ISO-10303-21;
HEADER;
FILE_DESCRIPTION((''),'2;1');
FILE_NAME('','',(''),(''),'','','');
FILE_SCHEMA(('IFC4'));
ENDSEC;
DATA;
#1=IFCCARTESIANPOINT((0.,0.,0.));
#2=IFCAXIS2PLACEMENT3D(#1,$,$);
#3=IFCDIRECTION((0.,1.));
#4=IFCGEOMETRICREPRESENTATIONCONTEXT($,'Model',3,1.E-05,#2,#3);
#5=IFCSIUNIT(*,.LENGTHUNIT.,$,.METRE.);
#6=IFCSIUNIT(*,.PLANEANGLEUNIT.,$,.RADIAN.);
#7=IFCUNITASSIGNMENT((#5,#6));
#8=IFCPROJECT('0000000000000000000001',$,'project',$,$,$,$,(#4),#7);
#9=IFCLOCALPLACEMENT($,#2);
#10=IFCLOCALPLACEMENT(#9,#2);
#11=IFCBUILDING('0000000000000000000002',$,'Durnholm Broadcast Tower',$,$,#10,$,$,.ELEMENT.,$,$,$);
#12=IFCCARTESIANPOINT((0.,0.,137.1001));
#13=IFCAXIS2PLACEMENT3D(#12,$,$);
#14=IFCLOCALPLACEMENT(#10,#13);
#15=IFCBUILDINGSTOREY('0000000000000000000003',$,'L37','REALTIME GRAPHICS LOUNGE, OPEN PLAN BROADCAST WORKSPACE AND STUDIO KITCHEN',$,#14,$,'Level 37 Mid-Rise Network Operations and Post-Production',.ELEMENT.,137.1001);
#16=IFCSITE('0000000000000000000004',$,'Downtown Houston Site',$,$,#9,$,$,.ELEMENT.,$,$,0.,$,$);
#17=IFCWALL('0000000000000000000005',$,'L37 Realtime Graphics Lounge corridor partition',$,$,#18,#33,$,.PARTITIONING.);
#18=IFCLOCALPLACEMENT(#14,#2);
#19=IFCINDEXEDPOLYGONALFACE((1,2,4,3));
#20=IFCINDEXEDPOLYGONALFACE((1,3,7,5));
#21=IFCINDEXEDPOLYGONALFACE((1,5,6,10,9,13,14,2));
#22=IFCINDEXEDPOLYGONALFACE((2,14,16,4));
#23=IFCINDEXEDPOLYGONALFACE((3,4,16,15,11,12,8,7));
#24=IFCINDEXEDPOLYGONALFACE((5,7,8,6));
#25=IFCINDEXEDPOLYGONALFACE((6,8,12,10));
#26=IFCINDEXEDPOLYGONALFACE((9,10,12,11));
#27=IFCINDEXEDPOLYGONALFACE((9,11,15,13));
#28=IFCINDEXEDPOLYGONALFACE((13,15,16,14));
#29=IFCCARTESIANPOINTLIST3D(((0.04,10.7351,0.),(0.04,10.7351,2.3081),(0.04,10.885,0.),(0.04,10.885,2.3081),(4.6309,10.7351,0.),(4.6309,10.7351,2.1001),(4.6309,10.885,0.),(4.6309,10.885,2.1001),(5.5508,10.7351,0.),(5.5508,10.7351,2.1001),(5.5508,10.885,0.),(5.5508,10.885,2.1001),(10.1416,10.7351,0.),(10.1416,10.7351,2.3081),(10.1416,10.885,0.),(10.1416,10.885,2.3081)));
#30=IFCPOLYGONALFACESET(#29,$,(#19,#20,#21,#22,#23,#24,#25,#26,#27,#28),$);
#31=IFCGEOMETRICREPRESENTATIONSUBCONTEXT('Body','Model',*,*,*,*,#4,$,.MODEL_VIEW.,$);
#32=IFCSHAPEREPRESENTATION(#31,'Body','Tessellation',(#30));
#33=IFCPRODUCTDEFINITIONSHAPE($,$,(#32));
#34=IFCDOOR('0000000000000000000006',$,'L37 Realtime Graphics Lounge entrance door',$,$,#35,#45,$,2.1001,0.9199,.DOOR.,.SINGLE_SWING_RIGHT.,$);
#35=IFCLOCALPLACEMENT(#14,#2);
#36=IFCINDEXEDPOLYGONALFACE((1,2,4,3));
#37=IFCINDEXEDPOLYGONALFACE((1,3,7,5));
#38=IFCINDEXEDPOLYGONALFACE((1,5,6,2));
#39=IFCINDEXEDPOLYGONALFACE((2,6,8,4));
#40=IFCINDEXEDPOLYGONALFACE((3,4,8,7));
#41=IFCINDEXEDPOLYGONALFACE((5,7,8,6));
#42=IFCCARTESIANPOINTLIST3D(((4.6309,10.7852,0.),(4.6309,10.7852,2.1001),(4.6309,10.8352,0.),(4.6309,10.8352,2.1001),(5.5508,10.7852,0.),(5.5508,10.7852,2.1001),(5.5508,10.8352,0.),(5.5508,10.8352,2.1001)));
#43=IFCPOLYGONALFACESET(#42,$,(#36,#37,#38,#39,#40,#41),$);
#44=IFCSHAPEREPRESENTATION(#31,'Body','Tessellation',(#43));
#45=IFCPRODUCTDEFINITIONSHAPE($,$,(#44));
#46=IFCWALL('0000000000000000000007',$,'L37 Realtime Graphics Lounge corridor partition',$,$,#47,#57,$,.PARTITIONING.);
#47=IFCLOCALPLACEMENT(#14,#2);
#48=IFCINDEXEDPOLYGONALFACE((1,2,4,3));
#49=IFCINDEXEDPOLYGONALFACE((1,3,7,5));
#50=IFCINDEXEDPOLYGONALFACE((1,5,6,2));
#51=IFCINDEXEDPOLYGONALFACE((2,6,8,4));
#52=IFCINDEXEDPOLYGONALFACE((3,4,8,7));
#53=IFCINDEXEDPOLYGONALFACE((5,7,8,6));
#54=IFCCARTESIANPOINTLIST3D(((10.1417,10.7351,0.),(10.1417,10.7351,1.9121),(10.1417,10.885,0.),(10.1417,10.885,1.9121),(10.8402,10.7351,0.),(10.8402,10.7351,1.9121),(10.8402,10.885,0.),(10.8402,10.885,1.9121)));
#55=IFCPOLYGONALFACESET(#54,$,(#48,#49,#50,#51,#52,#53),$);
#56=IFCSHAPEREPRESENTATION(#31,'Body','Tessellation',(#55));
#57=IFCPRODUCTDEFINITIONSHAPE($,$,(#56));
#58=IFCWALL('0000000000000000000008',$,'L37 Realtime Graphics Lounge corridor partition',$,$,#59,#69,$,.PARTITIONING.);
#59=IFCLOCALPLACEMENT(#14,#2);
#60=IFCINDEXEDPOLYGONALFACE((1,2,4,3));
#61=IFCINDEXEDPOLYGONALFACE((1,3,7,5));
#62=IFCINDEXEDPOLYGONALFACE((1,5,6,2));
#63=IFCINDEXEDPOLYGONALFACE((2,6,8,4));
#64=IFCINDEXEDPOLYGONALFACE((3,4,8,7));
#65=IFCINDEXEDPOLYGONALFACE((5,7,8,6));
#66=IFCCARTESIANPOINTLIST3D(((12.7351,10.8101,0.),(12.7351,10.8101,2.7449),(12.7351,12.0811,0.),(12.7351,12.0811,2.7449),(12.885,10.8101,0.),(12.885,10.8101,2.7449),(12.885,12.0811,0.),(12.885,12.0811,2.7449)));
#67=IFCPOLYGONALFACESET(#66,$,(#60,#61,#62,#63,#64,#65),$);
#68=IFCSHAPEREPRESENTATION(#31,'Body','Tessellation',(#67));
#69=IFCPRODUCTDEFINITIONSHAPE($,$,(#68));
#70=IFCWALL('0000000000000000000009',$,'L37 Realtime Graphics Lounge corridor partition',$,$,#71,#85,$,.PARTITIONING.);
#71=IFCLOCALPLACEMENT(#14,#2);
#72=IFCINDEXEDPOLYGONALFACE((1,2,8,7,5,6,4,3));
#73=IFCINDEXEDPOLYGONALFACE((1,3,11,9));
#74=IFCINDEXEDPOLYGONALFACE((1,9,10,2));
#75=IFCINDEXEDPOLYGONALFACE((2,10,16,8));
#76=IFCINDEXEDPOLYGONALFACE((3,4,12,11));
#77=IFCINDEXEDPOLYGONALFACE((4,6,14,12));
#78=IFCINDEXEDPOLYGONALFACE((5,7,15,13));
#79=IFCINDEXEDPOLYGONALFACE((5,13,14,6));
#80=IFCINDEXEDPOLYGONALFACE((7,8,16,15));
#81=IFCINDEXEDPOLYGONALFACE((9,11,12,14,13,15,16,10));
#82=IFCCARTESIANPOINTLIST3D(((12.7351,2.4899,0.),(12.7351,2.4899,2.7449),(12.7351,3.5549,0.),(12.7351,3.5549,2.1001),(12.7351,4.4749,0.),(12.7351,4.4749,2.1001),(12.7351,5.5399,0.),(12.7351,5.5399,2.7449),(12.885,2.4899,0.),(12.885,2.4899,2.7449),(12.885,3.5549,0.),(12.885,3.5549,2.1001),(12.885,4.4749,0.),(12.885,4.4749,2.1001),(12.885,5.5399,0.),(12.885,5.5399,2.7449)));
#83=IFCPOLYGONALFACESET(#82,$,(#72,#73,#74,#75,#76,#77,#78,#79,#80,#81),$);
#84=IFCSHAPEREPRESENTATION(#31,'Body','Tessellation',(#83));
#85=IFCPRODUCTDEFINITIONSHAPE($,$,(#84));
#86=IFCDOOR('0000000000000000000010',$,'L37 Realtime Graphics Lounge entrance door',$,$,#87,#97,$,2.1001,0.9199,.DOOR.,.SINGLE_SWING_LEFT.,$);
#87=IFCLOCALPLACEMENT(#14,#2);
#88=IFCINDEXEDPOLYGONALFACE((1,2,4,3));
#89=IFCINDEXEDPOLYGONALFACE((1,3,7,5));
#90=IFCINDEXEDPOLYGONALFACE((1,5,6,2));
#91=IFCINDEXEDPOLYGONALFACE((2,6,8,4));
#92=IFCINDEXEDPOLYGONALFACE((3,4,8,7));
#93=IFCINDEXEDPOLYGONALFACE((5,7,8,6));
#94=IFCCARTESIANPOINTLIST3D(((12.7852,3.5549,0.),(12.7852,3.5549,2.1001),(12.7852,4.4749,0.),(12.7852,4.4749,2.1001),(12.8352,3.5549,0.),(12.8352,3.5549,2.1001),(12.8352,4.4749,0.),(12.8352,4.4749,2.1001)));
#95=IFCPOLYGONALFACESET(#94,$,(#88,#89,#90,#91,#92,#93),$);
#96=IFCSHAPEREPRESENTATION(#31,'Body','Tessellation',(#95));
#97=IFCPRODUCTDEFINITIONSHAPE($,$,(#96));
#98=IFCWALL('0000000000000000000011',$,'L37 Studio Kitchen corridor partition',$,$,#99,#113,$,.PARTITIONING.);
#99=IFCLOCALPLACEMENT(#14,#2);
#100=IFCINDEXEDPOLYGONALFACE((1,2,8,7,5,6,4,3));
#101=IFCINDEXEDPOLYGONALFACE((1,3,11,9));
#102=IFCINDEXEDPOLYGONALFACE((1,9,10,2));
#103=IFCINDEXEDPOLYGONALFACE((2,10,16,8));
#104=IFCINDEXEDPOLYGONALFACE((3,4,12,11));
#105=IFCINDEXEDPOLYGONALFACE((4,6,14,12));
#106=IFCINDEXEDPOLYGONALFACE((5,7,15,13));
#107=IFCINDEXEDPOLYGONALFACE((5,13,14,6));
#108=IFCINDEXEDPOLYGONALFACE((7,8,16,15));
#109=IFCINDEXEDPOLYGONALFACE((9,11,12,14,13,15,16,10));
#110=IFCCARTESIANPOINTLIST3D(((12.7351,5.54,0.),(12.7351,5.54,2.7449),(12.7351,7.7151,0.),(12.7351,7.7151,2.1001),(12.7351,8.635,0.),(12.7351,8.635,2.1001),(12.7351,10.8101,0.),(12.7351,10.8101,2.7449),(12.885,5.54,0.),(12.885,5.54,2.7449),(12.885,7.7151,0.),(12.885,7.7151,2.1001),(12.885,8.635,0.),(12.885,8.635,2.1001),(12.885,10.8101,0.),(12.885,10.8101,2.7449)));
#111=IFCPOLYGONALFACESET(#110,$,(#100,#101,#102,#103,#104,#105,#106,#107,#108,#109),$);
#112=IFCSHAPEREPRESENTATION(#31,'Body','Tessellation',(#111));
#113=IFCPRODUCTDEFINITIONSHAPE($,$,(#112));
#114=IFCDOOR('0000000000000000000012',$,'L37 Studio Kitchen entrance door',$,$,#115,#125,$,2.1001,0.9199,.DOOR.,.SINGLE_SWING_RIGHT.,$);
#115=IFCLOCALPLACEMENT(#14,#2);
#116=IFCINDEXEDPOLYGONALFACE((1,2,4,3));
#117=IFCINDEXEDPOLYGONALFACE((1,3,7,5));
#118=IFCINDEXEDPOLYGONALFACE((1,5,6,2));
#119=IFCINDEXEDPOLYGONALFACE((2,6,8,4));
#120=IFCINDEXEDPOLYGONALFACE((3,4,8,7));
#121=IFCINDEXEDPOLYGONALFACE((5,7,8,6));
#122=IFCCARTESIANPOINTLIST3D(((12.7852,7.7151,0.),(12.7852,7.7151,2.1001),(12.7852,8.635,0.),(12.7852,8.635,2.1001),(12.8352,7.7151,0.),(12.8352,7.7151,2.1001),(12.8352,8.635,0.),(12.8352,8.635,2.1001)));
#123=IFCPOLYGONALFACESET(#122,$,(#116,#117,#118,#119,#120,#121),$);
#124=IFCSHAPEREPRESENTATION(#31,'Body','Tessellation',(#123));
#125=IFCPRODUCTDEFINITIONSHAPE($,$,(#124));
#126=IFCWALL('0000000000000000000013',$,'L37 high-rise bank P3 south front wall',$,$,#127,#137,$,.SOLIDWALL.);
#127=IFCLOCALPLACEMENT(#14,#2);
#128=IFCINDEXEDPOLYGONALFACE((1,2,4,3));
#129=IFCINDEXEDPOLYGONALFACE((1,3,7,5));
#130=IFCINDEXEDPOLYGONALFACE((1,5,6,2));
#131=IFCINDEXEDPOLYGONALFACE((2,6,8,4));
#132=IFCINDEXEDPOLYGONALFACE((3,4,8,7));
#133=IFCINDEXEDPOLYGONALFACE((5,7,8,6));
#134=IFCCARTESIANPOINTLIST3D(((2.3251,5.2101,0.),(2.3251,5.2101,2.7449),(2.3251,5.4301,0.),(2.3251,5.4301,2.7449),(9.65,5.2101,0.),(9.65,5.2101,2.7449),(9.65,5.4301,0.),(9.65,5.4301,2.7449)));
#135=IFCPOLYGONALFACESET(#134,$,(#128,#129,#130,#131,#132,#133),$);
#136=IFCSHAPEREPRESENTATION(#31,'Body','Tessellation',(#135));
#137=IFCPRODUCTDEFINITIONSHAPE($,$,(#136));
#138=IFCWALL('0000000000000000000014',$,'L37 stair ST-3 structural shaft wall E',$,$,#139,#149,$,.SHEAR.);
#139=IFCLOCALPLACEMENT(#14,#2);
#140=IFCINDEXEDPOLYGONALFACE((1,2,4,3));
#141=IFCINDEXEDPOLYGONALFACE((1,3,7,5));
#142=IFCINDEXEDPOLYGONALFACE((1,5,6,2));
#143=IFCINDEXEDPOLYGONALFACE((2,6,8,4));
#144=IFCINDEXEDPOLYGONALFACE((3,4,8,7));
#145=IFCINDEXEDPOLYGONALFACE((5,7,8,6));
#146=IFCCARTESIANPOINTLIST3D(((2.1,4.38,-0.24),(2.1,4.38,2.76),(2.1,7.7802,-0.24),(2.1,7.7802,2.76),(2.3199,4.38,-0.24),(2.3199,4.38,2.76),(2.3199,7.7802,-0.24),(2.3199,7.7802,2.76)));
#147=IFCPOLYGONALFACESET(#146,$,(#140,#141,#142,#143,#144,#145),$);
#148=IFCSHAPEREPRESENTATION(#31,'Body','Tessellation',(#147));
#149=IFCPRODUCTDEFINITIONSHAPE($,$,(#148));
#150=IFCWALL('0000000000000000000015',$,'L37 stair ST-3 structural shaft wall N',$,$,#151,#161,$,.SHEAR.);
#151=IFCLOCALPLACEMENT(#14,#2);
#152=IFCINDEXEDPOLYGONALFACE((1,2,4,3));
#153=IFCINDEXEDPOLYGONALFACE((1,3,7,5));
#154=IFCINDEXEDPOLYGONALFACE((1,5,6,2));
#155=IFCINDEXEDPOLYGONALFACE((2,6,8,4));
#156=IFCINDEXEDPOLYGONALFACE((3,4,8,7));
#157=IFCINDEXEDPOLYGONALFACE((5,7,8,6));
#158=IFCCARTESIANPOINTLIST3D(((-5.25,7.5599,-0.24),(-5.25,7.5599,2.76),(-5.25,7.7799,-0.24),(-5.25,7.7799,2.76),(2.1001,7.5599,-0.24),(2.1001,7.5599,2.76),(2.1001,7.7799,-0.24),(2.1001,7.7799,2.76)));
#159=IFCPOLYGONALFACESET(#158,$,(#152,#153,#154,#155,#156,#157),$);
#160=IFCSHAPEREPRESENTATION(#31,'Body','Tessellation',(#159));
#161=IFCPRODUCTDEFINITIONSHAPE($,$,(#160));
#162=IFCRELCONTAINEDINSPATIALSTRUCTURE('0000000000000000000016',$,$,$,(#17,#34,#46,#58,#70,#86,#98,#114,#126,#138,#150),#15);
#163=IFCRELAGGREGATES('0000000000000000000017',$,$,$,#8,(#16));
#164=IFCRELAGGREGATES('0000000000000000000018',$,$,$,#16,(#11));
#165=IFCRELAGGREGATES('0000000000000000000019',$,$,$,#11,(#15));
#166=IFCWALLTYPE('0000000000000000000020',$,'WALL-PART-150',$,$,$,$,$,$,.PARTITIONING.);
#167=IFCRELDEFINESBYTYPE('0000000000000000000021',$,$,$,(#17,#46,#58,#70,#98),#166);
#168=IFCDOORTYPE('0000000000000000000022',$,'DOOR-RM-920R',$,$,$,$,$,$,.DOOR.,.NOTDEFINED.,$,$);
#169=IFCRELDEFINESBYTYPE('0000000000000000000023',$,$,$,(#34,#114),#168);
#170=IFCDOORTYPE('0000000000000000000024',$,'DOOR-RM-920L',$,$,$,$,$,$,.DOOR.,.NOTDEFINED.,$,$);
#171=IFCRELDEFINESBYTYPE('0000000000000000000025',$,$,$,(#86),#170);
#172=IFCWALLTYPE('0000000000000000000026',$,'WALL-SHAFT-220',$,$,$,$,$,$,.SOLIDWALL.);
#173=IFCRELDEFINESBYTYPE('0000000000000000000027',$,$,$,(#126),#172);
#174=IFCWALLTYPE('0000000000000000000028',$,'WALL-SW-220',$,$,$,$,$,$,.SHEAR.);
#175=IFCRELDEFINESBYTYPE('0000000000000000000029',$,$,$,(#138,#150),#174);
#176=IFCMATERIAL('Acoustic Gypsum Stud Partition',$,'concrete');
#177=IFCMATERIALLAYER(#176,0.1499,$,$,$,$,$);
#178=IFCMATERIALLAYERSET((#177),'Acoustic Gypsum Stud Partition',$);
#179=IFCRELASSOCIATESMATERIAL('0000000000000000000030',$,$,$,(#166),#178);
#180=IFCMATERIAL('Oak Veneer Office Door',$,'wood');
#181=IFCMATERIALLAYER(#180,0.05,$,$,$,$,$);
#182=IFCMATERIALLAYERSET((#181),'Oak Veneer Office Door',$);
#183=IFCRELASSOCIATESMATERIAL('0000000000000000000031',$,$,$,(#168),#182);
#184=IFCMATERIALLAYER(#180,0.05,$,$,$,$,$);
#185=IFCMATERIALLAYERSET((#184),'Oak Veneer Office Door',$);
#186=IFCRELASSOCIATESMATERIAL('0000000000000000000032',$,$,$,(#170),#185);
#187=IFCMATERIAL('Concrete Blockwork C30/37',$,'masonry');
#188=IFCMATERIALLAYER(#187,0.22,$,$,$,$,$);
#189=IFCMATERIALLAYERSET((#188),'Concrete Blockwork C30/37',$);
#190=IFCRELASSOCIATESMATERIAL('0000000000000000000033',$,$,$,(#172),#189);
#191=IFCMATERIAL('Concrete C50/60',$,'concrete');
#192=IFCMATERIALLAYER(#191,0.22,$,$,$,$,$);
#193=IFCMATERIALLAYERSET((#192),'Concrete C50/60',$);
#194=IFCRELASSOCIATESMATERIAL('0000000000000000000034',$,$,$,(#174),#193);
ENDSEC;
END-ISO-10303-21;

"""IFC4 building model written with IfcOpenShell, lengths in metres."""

from ifc_helpers import new_model, si_unit, direction, frame, frame_2d, origin, place, context, subcontext, project, spatial, rectangle, extrude, source, transform, mapped, material, layer, layer_set, type_object, type_shapes, element, fill, save


model = new_model("IFC4")

# Units and contexts
model_context = context("Model", 3, precision=1e-05, world=origin(), true_north=direction((0.0, 1.0)))
body_context = subcontext(model_context, "Body", "Model", "MODEL_VIEW")
ifc_project = project(units=[si_unit("LENGTHUNIT", "METRE"), si_unit("PLANEANGLEUNIT", "RADIAN")], contexts=[model_context])

# Site, building, storey
site_placement = place(None, origin())
site = spatial("IfcSite", under=ifc_project, at=site_placement, Name="Downtown Houston Site", CompositionType="ELEMENT", RefElevation=0.0)
building_placement = place(site_placement, origin())
building = spatial("IfcBuilding", under=site, at=building_placement, Name="Durnholm Broadcast Tower", CompositionType="ELEMENT")
storey_placement = place(building_placement, frame((0.0, 0.0, 137.1001)))
storey = spatial("IfcBuildingStorey", under=building, at=storey_placement, Name="L37", Description="REALTIME GRAPHICS LOUNGE, OPEN PLAN BROADCAST WORKSPACE AND STUDIO KITCHEN", LongName="Level 37 Mid-Rise Network Operations and Post-Production", CompositionType="ELEMENT", Elevation=137.1001)

# Wall, opening, door
ifc_material_1 = material(Name="Acoustic Gypsum Stud Partition", Category="concrete")
ifc_layer_1 = layer(ifc_material_1, 0.1499)
ifc_layer_set_1 = layer_set([ifc_layer_1], Name="Acoustic Gypsum Stud Partition")
wall_type_1 = type_object("IfcWallType", Name="WALL-PART-150", PredefinedType="PARTITIONING", material=ifc_layer_set_1)
wall_1_placement = place(storey_placement, frame((10.1416, 10.8101, 0.0), z_axis=(0.0, 0.0, 1.0), x_axis=(-1.0, 0.0, 0.0)))
wall_1 = element("IfcWall", 1, at=wall_1_placement, inside=storey, type_object=wall_type_1, Name="L37 Realtime Graphics Lounge corridor partition", PredefinedType="PARTITIONING", context=body_context, shape_type="SweptSolid", body=[
    extrude(rectangle(XDim=10.1016, YDim=0.1499, at=frame_2d((5.0508, 0.0))), origin(), (0.0, 0.0, 1.0), 2.3081),
])
opening_1_placement = place(wall_1_placement, frame((4.5908, 0.0, 0.0)))
opening_1 = element("IfcOpeningElement", 2, at=opening_1_placement, cuts=wall_1, PredefinedType="OPENING", context=body_context, shape_type="SweptSolid", body=[
    extrude(rectangle(XDim=0.9199, YDim=2.1001, at=frame_2d((0.46, 1.05))), frame((0.0, 0.085, 0.0), z_axis=(0.0, -1.0, 0.0), x_axis=(1.0, 0.0, 0.0)), (0.0, 0.0, 1.0), 0.1699),
])
ifc_material_2 = material(Name="Oak Veneer Office Door", Category="wood")
ifc_layer_2 = layer(ifc_material_2, 0.05)
ifc_layer_set_2 = layer_set([ifc_layer_2], Name="Oak Veneer Office Door")
door_type_1 = type_object("IfcDoorType", Name="DOOR-RM-920R", OperationType="NOTDEFINED", PredefinedType="DOOR", material=ifc_layer_set_2)
shared_shape_1 = source(origin(), body_context, "Body", "SweptSolid", [
    extrude(rectangle(XDim=0.9199, YDim=2.1001, at=frame_2d((0.46, 1.05))), frame((0.0, 0.0249, 0.0), z_axis=(0.0, -1.0, 0.0), x_axis=(1.0, 0.0, 0.0)), (0.0, 0.0, 1.0), 0.05),
])
type_shapes(door_type_1, [shared_shape_1])
door_1_placement = place(opening_1_placement, origin())
door_1 = element("IfcDoor", 3, at=door_1_placement, inside=storey, type_object=door_type_1, Name="L37 Realtime Graphics Lounge entrance door", OperationType="SINGLE_SWING_RIGHT", OverallHeight=2.1001, OverallWidth=0.9199, PredefinedType="DOOR", context=body_context, shape_type="MappedRepresentation", body=[
    mapped(shared_shape_1, transform((0.0, 0.0, 0.0), x_axis=(1.0, 0.0, 0.0), y_axis=(0.0, 1.0, 0.0), z_axis=(0.0, 0.0, 1.0), scale=1.0)),
])
fill(opening_1, door_1)

# Walls
wall_2_placement = place(storey_placement, frame((10.8401, 10.8101, 0.0), z_axis=(0.0, 0.0, 1.0), x_axis=(-1.0, 0.0, 0.0)))
element("IfcWall", 4, at=wall_2_placement, inside=storey, type_object=wall_type_1, Name="L37 Realtime Graphics Lounge corridor partition", PredefinedType="PARTITIONING", context=body_context, shape_type="SweptSolid", body=[
    extrude(rectangle(XDim=0.6985, YDim=0.1499, at=frame_2d((0.3491, 0.0))), origin(), (0.0, 0.0, 1.0), 1.9121),
])
wall_3_placement = place(storey_placement, frame((12.8101, 10.8101, 0.0), z_axis=(0.0, 0.0, 1.0), x_axis=(0.0, 1.0, 0.0)))
element("IfcWall", 5, at=wall_3_placement, inside=storey, type_object=wall_type_1, Name="L37 Realtime Graphics Lounge corridor partition", PredefinedType="PARTITIONING", context=body_context, shape_type="SweptSolid", body=[
    extrude(rectangle(XDim=1.271, YDim=0.1499, at=frame_2d((0.6355, 0.0))), origin(), (0.0, 0.0, 1.0), 2.7449),
])

# Walls, openings, doors
wall_4_placement = place(storey_placement, frame((12.8101, 2.49, 0.0), z_axis=(0.0, 0.0, 1.0), x_axis=(0.0, 1.0, 0.0)))
wall_4 = element("IfcWall", 6, at=wall_4_placement, inside=storey, type_object=wall_type_1, Name="L37 Realtime Graphics Lounge corridor partition", PredefinedType="PARTITIONING", context=body_context, shape_type="SweptSolid", body=[
    extrude(rectangle(XDim=3.05, YDim=0.1499, at=frame_2d((1.5249, 0.0))), origin(), (0.0, 0.0, 1.0), 2.7449),
])
opening_2_placement = place(wall_4_placement, frame((1.0649, 0.0, 0.0)))
opening_2 = element("IfcOpeningElement", 7, at=opening_2_placement, cuts=wall_4, PredefinedType="OPENING", context=body_context, shape_type="SweptSolid", body=[
    extrude(rectangle(XDim=0.9199, YDim=2.1001, at=frame_2d((0.46, 1.05))), frame((0.0, 0.085, 0.0), z_axis=(0.0, -1.0, 0.0), x_axis=(1.0, 0.0, 0.0)), (0.0, 0.0, 1.0), 0.1699),
])
ifc_layer_3 = layer(ifc_material_2, 0.05)
ifc_layer_set_3 = layer_set([ifc_layer_3], Name="Oak Veneer Office Door")
door_type_2 = type_object("IfcDoorType", Name="DOOR-RM-920L", OperationType="NOTDEFINED", PredefinedType="DOOR", material=ifc_layer_set_3)
shared_shape_2 = source(origin(), body_context, "Body", "SweptSolid", [
    extrude(rectangle(XDim=0.9199, YDim=2.1001, at=frame_2d((0.46, 1.05))), frame((0.0, 0.0249, 0.0), z_axis=(0.0, -1.0, 0.0), x_axis=(1.0, 0.0, 0.0)), (0.0, 0.0, 1.0), 0.05),
])
type_shapes(door_type_2, [shared_shape_2])
door_2_placement = place(opening_2_placement, origin())
door_2 = element("IfcDoor", 8, at=door_2_placement, inside=storey, type_object=door_type_2, Name="L37 Realtime Graphics Lounge entrance door", OperationType="SINGLE_SWING_LEFT", OverallHeight=2.1001, OverallWidth=0.9199, PredefinedType="DOOR", context=body_context, shape_type="MappedRepresentation", body=[
    mapped(shared_shape_2, transform((0.0, 0.0, 0.0), x_axis=(1.0, 0.0, 0.0), y_axis=(0.0, 1.0, 0.0), z_axis=(0.0, 0.0, 1.0), scale=1.0)),
])
fill(opening_2, door_2)
wall_5_placement = place(storey_placement, frame((12.8101, 5.54, 0.0), z_axis=(0.0, 0.0, 1.0), x_axis=(0.0, 1.0, 0.0)))
wall_5 = element("IfcWall", 9, at=wall_5_placement, inside=storey, type_object=wall_type_1, Name="L37 Studio Kitchen corridor partition", PredefinedType="PARTITIONING", context=body_context, shape_type="SweptSolid", body=[
    extrude(rectangle(XDim=5.27, YDim=0.1499, at=frame_2d((2.635, 0.0))), origin(), (0.0, 0.0, 1.0), 2.7449),
])
opening_3_placement = place(wall_5_placement, frame((2.175, 0.0, 0.0)))
opening_3 = element("IfcOpeningElement", 10, at=opening_3_placement, cuts=wall_5, PredefinedType="OPENING", context=body_context, shape_type="SweptSolid", body=[
    extrude(rectangle(XDim=0.9199, YDim=2.1001, at=frame_2d((0.46, 1.05))), frame((0.0, 0.085, 0.0), z_axis=(0.0, -1.0, 0.0), x_axis=(1.0, 0.0, 0.0)), (0.0, 0.0, 1.0), 0.1699),
])
door_3_placement = place(opening_3_placement, origin())
door_3 = element("IfcDoor", 11, at=door_3_placement, inside=storey, type_object=door_type_1, Name="L37 Studio Kitchen entrance door", OperationType="SINGLE_SWING_RIGHT", OverallHeight=2.1001, OverallWidth=0.9199, PredefinedType="DOOR", context=body_context, shape_type="MappedRepresentation", body=[
    mapped(shared_shape_1, transform((0.0, 0.0, 0.0), x_axis=(1.0, 0.0, 0.0), y_axis=(0.0, 1.0, 0.0), z_axis=(0.0, 0.0, 1.0), scale=1.0)),
])
fill(opening_3, door_3)

# Shared definitions
ifc_material_3 = material(Name="Concrete Blockwork C30/37", Category="masonry")
ifc_layer_4 = layer(ifc_material_3, 0.22)
ifc_layer_set_4 = layer_set([ifc_layer_4], Name="Concrete Blockwork C30/37")
wall_type_2 = type_object("IfcWallType", Name="WALL-SHAFT-220", PredefinedType="SOLIDWALL", material=ifc_layer_set_4)

# Walls
wall_6_placement = place(storey_placement, frame((2.325, 5.3201, 0.0), z_axis=(0.0, 0.0, 1.0), x_axis=(1.0, 0.0, 0.0)))
element("IfcWall", 12, at=wall_6_placement, inside=storey, type_object=wall_type_2, Name="L37 high-rise bank P3 south front wall", PredefinedType="SOLIDWALL", context=body_context, shape_type="SweptSolid", body=[
    extrude(rectangle(XDim=7.325, YDim=0.22, at=frame_2d((3.6626, 0.0))), origin(), (0.0, 0.0, 1.0), 2.7449),
])
ifc_material_4 = material(Name="Concrete C50/60", Category="concrete")
ifc_layer_5 = layer(ifc_material_4, 0.22)
ifc_layer_set_5 = layer_set([ifc_layer_5], Name="Concrete C50/60")
wall_type_3 = type_object("IfcWallType", Name="WALL-SW-220", PredefinedType="SHEAR", material=ifc_layer_set_5)
wall_7_placement = place(storey_placement, frame((2.21, 4.3799, -0.24), z_axis=(0.0, 0.0, 1.0), x_axis=(0.0, 1.0, 0.0)))
element("IfcWall", 13, at=wall_7_placement, inside=storey, type_object=wall_type_3, Name="L37 stair ST-3 structural shaft wall E", PredefinedType="SHEAR", context=body_context, shape_type="SweptSolid", body=[
    extrude(rectangle(XDim=3.4001, YDim=0.22, at=frame_2d((1.7002, 0.0))), origin(), (0.0, 0.0, 1.0), 3.0),
])
wall_8_placement = place(storey_placement, frame((2.1001, 7.6699, -0.24), z_axis=(0.0, 0.0, 1.0), x_axis=(-1.0, 0.0, 0.0)))
element("IfcWall", 14, at=wall_8_placement, inside=storey, type_object=wall_type_3, Name="L37 stair ST-3 structural shaft wall N", PredefinedType="SHEAR", context=body_context, shape_type="SweptSolid", body=[
    extrude(rectangle(XDim=7.3501, YDim=0.22, at=frame_2d((3.675, 0.0))), origin(), (0.0, 0.0, 1.0), 3.0),
])

save(model, "model.ifc")
